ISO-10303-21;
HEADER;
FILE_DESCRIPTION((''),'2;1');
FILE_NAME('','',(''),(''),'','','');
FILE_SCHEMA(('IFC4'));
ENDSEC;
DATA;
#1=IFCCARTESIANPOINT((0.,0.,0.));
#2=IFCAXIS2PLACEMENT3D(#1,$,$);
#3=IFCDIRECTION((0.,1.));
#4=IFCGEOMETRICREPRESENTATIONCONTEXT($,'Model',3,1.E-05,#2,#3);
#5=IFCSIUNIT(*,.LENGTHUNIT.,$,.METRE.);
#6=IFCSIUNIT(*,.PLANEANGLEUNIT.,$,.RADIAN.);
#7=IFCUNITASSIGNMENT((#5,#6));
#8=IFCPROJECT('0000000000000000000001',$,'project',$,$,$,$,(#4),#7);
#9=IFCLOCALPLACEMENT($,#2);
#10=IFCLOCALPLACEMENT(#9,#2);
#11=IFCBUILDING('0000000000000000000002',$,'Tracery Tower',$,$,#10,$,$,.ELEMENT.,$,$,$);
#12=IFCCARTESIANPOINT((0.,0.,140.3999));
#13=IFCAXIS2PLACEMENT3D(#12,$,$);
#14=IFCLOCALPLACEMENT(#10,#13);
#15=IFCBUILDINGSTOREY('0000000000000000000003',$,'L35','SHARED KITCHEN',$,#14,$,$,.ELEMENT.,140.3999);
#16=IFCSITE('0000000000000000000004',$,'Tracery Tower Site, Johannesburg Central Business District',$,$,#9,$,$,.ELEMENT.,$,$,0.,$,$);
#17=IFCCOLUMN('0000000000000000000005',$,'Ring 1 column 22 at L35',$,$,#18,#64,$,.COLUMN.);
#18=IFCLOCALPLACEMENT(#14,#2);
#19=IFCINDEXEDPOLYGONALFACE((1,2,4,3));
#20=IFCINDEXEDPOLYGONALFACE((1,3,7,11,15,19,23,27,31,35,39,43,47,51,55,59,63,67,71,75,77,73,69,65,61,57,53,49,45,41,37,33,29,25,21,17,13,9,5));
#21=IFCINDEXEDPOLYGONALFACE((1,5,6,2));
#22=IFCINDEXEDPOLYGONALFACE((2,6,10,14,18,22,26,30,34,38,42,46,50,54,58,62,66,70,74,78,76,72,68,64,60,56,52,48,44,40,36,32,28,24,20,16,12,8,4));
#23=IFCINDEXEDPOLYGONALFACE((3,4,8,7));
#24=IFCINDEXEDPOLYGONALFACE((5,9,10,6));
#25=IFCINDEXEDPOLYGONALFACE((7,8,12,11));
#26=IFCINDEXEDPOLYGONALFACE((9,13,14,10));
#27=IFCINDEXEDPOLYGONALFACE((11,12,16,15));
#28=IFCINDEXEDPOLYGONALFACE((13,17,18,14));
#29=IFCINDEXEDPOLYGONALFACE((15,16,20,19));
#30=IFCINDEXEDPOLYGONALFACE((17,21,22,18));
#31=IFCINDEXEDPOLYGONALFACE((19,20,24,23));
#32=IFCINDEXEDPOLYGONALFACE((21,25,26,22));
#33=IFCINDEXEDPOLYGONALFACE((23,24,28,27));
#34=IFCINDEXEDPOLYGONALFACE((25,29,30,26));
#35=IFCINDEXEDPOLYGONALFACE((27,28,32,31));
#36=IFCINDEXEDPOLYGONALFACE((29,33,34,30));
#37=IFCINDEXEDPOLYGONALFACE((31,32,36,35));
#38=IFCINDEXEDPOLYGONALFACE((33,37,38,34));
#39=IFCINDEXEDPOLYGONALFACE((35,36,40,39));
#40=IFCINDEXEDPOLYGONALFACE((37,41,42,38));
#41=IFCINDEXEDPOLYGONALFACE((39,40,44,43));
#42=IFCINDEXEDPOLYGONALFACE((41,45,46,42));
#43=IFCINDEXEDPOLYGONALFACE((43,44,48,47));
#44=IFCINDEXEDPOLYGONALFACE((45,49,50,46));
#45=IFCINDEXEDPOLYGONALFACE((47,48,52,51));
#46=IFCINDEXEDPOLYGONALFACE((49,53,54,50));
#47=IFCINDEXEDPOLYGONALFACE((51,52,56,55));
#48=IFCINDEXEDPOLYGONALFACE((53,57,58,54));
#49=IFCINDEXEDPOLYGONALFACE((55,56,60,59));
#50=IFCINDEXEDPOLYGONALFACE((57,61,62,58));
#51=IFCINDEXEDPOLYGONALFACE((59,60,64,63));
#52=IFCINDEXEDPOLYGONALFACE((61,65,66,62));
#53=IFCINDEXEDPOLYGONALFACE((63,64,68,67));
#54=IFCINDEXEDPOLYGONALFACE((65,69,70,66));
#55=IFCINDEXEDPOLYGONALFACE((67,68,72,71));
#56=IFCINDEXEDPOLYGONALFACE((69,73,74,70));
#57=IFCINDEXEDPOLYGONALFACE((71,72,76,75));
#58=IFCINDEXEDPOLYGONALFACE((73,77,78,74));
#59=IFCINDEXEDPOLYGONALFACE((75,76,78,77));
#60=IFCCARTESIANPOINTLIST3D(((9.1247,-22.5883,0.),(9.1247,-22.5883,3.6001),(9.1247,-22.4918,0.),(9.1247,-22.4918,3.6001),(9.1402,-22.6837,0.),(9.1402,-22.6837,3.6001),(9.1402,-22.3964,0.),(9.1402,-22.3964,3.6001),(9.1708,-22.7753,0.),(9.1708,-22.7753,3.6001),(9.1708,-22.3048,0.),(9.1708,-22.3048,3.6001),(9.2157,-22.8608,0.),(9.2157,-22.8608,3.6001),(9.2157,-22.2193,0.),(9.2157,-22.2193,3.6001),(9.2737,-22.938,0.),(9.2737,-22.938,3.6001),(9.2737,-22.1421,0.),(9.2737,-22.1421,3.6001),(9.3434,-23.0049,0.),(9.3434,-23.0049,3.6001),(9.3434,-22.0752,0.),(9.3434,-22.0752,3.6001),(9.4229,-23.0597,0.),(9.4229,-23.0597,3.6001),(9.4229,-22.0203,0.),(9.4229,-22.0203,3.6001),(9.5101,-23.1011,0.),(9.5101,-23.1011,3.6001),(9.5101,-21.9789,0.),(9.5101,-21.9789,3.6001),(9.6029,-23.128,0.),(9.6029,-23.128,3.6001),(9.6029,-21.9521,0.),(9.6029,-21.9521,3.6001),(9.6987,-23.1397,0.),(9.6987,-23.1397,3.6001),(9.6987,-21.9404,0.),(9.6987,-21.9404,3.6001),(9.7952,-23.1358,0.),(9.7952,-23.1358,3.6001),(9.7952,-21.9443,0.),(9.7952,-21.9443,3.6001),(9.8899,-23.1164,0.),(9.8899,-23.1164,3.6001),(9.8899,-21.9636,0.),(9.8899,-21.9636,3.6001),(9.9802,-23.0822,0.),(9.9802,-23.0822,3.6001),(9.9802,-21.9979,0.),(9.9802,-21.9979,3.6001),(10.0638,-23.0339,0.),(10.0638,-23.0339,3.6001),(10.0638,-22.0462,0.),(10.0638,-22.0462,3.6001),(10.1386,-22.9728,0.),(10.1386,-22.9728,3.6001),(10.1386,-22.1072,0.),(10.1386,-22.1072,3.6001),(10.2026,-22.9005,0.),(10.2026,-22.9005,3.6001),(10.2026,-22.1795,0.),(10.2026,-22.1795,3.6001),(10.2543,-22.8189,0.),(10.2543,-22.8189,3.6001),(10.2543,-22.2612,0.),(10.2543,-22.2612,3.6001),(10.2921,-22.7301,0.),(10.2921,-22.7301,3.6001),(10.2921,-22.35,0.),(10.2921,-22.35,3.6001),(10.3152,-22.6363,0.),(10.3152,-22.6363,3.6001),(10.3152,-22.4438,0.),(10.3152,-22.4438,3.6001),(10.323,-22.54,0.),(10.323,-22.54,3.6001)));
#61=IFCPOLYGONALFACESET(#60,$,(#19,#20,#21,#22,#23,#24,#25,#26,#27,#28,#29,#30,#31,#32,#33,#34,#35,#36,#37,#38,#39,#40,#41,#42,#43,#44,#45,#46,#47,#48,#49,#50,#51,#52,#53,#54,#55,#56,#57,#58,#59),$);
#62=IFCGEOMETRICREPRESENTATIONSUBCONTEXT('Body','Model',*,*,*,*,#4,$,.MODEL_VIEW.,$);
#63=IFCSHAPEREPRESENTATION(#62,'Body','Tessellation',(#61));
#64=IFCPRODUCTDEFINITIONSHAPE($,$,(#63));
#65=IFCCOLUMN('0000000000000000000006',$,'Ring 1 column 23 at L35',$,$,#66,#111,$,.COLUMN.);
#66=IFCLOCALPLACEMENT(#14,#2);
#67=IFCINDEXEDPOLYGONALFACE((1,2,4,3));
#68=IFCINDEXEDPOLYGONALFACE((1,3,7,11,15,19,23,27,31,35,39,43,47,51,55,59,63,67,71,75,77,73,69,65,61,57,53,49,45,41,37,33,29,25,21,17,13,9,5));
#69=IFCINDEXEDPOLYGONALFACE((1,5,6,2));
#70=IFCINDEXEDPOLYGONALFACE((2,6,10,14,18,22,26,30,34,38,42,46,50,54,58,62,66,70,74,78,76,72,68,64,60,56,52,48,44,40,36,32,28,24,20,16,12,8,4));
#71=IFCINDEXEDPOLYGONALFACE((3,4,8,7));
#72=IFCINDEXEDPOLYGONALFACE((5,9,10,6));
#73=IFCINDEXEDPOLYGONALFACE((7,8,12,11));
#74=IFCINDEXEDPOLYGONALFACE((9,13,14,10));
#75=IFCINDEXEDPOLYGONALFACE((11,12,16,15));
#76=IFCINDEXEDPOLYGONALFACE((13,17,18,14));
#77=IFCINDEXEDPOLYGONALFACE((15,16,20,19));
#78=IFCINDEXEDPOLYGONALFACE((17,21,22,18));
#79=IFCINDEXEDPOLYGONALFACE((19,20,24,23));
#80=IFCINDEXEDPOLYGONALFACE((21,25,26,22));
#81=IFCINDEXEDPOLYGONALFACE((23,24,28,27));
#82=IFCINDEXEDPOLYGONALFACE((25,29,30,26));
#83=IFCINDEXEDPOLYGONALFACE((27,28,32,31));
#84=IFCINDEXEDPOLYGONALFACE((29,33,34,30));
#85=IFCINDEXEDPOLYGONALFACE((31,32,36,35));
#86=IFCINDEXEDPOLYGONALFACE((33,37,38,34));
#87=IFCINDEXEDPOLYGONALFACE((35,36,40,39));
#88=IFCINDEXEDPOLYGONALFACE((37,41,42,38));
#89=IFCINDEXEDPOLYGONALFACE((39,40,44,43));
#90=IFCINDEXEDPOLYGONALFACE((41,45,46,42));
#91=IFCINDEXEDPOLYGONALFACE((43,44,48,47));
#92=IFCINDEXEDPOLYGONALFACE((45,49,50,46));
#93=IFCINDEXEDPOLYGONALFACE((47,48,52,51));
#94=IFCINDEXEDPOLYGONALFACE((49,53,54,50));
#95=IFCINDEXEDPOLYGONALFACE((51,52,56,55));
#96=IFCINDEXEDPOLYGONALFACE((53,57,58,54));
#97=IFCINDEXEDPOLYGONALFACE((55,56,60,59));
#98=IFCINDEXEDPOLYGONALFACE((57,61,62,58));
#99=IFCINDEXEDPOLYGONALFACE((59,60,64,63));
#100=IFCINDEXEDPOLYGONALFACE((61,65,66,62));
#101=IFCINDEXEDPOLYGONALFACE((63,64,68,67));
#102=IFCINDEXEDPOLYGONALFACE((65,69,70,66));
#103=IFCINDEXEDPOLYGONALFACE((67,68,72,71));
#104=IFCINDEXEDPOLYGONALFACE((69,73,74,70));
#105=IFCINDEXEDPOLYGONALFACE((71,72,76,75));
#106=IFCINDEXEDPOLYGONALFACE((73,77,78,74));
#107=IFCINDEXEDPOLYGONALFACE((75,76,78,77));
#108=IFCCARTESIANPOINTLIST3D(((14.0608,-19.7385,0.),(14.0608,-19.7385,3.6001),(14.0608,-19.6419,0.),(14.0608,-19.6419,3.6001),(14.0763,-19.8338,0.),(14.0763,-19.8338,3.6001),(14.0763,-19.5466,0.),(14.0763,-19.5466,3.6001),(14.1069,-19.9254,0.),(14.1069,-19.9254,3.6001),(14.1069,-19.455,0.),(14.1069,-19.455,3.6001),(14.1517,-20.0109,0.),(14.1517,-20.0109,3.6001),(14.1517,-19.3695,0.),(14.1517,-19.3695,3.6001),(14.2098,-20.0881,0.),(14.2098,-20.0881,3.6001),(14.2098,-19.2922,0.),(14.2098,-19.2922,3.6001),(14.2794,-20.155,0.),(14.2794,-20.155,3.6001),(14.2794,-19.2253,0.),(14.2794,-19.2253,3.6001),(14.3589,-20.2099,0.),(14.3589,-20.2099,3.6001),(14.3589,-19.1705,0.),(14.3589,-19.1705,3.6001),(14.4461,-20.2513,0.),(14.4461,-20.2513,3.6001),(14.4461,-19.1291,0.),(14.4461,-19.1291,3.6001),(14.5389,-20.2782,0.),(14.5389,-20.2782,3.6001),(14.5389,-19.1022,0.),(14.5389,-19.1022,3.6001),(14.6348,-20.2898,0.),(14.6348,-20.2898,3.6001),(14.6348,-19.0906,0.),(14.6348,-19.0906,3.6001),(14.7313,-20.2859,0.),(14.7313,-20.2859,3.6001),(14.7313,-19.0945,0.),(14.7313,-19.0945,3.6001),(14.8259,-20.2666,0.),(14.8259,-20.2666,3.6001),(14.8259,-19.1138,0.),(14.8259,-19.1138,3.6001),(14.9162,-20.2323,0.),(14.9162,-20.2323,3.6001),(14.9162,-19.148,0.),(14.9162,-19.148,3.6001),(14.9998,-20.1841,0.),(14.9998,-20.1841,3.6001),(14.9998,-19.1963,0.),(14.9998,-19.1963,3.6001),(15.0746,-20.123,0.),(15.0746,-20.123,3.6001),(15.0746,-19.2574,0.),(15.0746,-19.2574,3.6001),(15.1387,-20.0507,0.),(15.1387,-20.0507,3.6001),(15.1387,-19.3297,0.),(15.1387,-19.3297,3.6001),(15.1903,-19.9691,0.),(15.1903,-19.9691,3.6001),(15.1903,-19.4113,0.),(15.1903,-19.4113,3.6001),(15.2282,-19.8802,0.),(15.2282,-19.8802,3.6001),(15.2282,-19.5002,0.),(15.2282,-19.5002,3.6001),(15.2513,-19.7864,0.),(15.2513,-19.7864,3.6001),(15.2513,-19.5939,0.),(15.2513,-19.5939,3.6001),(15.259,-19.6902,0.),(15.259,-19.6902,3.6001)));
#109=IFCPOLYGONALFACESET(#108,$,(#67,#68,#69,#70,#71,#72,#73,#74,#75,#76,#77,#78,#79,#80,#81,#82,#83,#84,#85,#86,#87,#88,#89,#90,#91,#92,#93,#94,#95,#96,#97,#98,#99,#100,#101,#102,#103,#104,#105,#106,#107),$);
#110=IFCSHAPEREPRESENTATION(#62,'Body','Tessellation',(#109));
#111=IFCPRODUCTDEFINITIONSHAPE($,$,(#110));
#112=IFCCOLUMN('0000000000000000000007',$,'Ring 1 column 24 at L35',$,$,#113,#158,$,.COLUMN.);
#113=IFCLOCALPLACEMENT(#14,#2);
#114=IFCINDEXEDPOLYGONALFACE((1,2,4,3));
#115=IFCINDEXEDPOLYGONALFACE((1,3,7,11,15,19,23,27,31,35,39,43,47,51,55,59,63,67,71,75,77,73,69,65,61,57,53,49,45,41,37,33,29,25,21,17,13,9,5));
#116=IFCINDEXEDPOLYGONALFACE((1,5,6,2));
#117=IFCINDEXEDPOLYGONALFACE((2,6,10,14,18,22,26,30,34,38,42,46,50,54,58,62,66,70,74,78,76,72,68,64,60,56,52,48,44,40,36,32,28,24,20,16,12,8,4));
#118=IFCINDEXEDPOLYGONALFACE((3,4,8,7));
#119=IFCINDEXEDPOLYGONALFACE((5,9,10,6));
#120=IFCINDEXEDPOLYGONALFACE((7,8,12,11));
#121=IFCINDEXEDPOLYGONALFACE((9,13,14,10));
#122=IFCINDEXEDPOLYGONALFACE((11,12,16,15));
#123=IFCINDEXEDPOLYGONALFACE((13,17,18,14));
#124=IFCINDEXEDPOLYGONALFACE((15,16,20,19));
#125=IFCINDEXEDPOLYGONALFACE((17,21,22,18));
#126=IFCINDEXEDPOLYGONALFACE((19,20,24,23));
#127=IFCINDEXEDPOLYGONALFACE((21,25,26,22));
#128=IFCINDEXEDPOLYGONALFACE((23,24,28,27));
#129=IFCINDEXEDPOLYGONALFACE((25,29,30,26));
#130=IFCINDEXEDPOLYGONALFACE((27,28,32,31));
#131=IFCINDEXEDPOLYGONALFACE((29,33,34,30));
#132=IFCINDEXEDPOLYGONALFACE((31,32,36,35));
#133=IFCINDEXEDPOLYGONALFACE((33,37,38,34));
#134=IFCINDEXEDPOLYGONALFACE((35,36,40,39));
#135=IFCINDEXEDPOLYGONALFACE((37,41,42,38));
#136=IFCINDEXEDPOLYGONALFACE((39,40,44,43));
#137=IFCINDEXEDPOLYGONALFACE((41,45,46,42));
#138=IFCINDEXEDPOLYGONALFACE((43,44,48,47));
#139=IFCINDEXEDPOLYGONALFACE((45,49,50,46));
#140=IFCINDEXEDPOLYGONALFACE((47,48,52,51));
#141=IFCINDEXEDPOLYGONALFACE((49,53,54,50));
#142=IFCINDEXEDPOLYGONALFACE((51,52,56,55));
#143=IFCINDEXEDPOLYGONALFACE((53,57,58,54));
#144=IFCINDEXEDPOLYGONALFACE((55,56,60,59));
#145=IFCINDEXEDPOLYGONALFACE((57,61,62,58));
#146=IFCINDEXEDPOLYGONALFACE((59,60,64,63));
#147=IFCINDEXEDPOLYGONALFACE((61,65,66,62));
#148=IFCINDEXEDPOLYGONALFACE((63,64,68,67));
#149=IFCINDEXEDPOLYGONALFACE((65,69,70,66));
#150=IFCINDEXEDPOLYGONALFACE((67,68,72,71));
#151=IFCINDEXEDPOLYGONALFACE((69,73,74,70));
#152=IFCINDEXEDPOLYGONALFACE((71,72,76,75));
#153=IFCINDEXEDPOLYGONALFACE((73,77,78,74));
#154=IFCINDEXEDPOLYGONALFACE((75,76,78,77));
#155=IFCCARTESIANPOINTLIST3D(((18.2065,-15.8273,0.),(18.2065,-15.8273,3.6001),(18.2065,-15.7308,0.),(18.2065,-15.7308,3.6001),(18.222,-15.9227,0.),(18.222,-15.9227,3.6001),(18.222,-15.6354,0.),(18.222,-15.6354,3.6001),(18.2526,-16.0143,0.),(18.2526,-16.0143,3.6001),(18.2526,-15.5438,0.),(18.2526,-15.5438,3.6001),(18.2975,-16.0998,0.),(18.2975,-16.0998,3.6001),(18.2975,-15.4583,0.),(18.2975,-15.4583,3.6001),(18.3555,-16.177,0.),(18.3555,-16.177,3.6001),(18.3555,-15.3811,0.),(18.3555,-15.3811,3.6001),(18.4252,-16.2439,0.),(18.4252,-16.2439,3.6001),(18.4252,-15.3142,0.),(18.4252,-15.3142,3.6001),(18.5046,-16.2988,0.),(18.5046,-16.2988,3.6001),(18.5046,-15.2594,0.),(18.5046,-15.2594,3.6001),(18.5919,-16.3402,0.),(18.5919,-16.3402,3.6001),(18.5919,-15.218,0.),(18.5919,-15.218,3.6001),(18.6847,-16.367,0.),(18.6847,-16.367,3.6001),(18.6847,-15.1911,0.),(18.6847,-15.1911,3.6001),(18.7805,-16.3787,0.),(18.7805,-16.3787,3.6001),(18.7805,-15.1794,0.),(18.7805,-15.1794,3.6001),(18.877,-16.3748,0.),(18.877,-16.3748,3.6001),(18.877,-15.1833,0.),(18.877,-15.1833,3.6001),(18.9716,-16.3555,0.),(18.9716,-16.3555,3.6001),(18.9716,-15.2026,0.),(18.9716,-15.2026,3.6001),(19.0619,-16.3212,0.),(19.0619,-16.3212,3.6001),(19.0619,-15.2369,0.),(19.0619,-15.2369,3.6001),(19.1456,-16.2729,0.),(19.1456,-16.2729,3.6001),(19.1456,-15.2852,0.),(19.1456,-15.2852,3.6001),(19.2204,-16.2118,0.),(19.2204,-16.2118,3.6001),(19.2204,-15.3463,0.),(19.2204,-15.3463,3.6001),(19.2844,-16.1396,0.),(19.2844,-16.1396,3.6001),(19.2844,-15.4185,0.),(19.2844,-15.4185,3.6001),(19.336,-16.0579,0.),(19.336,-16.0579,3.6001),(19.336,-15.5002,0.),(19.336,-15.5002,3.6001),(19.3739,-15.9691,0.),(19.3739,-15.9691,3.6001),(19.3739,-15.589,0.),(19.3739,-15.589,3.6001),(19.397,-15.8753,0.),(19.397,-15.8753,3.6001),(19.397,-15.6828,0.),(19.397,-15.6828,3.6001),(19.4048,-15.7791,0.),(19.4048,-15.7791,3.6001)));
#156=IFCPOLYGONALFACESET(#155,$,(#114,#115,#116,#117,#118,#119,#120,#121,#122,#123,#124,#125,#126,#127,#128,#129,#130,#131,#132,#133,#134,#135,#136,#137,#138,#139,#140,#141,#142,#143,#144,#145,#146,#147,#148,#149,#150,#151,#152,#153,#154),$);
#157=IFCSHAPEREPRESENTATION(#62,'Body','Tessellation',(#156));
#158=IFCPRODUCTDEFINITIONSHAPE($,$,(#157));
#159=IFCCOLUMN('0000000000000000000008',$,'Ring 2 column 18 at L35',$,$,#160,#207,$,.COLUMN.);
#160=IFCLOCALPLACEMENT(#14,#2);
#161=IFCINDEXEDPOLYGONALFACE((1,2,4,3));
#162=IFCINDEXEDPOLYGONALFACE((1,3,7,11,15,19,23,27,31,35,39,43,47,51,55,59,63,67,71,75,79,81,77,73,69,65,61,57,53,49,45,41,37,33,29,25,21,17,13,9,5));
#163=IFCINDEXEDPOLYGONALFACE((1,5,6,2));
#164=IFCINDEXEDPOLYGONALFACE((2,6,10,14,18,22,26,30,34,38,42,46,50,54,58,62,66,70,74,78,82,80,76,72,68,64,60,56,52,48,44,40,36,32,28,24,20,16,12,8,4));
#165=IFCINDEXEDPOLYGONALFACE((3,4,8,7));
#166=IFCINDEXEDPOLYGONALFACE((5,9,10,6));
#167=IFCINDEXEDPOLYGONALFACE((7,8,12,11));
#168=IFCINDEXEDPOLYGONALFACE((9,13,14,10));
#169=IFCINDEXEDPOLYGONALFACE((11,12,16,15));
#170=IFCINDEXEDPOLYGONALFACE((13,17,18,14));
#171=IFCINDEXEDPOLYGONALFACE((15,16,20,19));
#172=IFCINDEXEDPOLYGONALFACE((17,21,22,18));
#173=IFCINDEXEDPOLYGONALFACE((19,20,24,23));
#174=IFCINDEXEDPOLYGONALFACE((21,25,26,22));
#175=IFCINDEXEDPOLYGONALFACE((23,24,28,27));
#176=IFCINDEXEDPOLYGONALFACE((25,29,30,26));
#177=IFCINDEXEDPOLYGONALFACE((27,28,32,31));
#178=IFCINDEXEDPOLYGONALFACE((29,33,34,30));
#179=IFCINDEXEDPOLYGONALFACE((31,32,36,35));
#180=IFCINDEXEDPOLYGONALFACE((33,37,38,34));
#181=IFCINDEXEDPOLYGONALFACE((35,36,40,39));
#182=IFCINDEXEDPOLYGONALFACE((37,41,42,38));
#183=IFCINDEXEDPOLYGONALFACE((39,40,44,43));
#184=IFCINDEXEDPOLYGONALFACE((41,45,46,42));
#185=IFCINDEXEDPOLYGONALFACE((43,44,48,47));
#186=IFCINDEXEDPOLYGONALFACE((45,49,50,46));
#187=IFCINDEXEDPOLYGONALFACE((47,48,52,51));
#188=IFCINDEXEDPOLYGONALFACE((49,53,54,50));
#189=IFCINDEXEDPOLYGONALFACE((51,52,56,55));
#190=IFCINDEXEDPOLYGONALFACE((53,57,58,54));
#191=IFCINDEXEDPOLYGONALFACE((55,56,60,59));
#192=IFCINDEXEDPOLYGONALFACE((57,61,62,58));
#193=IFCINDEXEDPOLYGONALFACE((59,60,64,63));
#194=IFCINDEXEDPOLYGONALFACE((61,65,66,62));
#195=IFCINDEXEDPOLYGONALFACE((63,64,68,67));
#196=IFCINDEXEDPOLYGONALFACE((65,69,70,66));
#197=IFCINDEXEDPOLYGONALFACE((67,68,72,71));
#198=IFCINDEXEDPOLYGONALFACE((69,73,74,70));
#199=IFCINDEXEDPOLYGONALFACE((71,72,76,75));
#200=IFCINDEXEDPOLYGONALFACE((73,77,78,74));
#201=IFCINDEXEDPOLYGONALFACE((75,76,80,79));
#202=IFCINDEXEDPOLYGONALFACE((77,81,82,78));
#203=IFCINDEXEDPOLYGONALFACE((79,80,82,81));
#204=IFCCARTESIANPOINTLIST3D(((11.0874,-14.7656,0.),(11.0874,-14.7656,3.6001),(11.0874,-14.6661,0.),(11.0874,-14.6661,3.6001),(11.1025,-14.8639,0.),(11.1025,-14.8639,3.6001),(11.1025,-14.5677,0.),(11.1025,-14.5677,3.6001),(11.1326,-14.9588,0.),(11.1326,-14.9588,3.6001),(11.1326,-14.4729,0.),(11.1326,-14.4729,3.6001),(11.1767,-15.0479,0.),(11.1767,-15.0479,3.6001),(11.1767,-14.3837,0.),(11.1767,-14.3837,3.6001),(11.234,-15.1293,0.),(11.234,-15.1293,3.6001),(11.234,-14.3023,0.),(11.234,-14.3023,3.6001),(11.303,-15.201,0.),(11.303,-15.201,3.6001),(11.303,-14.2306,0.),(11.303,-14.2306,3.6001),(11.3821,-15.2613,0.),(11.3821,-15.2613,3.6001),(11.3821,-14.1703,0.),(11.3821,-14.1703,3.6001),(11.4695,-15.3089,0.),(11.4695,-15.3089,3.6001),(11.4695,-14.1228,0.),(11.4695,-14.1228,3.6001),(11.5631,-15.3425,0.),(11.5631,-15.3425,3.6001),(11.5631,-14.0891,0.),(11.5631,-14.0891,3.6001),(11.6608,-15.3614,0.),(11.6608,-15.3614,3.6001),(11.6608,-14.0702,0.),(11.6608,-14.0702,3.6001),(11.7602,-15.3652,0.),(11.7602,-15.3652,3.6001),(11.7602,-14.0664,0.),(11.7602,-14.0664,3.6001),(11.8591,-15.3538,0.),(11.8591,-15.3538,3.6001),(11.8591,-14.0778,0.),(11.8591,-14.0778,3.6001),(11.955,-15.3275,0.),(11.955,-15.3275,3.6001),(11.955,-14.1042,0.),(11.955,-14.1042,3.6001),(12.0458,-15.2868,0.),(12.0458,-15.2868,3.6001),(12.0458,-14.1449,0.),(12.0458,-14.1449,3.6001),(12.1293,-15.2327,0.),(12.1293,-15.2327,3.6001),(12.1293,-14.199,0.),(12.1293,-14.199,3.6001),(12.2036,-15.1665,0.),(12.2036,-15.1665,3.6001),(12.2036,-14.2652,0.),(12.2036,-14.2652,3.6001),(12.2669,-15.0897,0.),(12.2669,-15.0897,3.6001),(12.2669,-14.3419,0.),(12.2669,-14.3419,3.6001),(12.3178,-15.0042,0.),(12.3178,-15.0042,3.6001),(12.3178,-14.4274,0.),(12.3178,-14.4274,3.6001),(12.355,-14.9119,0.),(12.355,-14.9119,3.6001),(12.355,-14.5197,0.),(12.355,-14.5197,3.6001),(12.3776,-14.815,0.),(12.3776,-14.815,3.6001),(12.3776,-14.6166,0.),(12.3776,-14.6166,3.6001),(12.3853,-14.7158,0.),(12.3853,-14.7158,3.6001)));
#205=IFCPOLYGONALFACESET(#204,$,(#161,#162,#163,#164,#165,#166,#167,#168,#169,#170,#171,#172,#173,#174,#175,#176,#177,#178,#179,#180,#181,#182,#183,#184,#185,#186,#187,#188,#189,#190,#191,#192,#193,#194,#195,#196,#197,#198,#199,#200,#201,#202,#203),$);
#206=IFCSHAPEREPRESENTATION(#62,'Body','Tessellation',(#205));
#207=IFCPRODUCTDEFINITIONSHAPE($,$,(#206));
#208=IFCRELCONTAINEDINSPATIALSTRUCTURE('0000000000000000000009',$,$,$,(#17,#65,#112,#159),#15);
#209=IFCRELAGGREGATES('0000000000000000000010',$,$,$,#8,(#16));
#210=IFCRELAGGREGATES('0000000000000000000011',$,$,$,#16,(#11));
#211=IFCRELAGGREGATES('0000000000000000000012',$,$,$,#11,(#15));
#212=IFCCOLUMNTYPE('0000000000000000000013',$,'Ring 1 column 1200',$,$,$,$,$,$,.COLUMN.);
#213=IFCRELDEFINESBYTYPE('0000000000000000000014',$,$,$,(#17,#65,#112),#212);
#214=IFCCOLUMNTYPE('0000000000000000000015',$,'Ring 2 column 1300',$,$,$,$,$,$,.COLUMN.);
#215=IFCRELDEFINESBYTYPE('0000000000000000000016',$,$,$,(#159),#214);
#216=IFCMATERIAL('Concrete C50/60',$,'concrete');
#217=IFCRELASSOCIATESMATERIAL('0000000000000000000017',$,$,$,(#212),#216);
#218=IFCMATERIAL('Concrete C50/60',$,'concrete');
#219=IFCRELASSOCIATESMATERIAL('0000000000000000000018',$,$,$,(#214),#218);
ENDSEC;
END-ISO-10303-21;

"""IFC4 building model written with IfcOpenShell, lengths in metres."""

from ifc_helpers import new_model, si_unit, direction, frame, origin, origin_2d, place, context, subcontext, project, spatial, circle, extrude, material, material_profile, profile_set, type_object, element, save


model = new_model("IFC4")

# Units and contexts
model_context = context("Model", 3, precision=1e-05, world=origin(), true_north=direction((0.0, 1.0)))
body_context = subcontext(model_context, "Body", "Model", "MODEL_VIEW")
ifc_project = project(units=[si_unit("LENGTHUNIT", "METRE"), si_unit("PLANEANGLEUNIT", "RADIAN")], contexts=[model_context])

# Site, building, storey
site_placement = place(None, origin())
site = spatial("IfcSite", under=ifc_project, at=site_placement, Name="Tracery Tower Site, Johannesburg Central Business District", CompositionType="ELEMENT", RefElevation=0.0)
building_placement = place(site_placement, origin())
building = spatial("IfcBuilding", under=site, at=building_placement, Name="Tracery Tower", CompositionType="ELEMENT")
storey_placement = place(building_placement, frame((0.0, 0.0, 140.3999)))
storey = spatial("IfcBuildingStorey", under=building, at=storey_placement, Name="L35", Description="SHARED KITCHEN", CompositionType="ELEMENT", Elevation=140.3999)

# Columns
ifc_material_1 = material(Name="Concrete C50/60", Category="concrete")
ifc_material_profile_1 = material_profile(ifc_material_1, circle(Radius=0.6001, at=origin_2d()), Name="RC D1200")
ifc_profile_set_1 = profile_set([ifc_material_profile_1], Name="Concrete C50/60")
column_type_1 = type_object("IfcColumnType", Name="Ring 1 column 1200", PredefinedType="COLUMN", material=ifc_profile_set_1)
for number, where, z_axis, x_axis, name in (
    (1, (9.7229, -22.54, 0.0), (0.0, 0.0, 1.0), (1.0, 0.0, 0.0), "Ring 1 column 22 at L35"),
    (2, (14.6589, -19.6902, 0.0), (0.0, 0.0, 1.0), (1.0, 0.0, 0.0), "Ring 1 column 23 at L35"),
    (3, (18.8047, -15.7791, 0.0), (0.0, 0.0, 1.0), (1.0, 0.0, 0.0), "Ring 1 column 24 at L35"),
):
    element("IfcColumn", number, at=place(storey_placement, frame(where, z_axis=z_axis, x_axis=x_axis)), inside=storey, type_object=column_type_1, Name=name, PredefinedType="COLUMN", context=body_context, shape_type="SweptSolid", body=[
        extrude(circle(Radius=0.6001, at=origin_2d()), origin(), (0.0, 0.0, 1.0), 3.6001),
    ])
ifc_material_2 = material(Name="Concrete C50/60", Category="concrete")
ifc_material_profile_2 = material_profile(ifc_material_2, circle(Radius=0.6499, at=origin_2d()), Name="RC D1300")
ifc_profile_set_2 = profile_set([ifc_material_profile_2], Name="Concrete C50/60")
column_type_2 = type_object("IfcColumnType", Name="Ring 2 column 1300", PredefinedType="COLUMN", material=ifc_profile_set_2)
column_placement = place(storey_placement, frame((11.7354, -14.7158, 0.0), z_axis=(0.0, 0.0, 1.0), x_axis=(1.0, 0.0, 0.0)))
element("IfcColumn", 4, at=column_placement, inside=storey, type_object=column_type_2, Name="Ring 2 column 18 at L35", PredefinedType="COLUMN", context=body_context, shape_type="SweptSolid", body=[
    extrude(circle(Radius=0.6499, at=origin_2d()), origin(), (0.0, 0.0, 1.0), 3.6001),
])

save(model, "model.ifc")
